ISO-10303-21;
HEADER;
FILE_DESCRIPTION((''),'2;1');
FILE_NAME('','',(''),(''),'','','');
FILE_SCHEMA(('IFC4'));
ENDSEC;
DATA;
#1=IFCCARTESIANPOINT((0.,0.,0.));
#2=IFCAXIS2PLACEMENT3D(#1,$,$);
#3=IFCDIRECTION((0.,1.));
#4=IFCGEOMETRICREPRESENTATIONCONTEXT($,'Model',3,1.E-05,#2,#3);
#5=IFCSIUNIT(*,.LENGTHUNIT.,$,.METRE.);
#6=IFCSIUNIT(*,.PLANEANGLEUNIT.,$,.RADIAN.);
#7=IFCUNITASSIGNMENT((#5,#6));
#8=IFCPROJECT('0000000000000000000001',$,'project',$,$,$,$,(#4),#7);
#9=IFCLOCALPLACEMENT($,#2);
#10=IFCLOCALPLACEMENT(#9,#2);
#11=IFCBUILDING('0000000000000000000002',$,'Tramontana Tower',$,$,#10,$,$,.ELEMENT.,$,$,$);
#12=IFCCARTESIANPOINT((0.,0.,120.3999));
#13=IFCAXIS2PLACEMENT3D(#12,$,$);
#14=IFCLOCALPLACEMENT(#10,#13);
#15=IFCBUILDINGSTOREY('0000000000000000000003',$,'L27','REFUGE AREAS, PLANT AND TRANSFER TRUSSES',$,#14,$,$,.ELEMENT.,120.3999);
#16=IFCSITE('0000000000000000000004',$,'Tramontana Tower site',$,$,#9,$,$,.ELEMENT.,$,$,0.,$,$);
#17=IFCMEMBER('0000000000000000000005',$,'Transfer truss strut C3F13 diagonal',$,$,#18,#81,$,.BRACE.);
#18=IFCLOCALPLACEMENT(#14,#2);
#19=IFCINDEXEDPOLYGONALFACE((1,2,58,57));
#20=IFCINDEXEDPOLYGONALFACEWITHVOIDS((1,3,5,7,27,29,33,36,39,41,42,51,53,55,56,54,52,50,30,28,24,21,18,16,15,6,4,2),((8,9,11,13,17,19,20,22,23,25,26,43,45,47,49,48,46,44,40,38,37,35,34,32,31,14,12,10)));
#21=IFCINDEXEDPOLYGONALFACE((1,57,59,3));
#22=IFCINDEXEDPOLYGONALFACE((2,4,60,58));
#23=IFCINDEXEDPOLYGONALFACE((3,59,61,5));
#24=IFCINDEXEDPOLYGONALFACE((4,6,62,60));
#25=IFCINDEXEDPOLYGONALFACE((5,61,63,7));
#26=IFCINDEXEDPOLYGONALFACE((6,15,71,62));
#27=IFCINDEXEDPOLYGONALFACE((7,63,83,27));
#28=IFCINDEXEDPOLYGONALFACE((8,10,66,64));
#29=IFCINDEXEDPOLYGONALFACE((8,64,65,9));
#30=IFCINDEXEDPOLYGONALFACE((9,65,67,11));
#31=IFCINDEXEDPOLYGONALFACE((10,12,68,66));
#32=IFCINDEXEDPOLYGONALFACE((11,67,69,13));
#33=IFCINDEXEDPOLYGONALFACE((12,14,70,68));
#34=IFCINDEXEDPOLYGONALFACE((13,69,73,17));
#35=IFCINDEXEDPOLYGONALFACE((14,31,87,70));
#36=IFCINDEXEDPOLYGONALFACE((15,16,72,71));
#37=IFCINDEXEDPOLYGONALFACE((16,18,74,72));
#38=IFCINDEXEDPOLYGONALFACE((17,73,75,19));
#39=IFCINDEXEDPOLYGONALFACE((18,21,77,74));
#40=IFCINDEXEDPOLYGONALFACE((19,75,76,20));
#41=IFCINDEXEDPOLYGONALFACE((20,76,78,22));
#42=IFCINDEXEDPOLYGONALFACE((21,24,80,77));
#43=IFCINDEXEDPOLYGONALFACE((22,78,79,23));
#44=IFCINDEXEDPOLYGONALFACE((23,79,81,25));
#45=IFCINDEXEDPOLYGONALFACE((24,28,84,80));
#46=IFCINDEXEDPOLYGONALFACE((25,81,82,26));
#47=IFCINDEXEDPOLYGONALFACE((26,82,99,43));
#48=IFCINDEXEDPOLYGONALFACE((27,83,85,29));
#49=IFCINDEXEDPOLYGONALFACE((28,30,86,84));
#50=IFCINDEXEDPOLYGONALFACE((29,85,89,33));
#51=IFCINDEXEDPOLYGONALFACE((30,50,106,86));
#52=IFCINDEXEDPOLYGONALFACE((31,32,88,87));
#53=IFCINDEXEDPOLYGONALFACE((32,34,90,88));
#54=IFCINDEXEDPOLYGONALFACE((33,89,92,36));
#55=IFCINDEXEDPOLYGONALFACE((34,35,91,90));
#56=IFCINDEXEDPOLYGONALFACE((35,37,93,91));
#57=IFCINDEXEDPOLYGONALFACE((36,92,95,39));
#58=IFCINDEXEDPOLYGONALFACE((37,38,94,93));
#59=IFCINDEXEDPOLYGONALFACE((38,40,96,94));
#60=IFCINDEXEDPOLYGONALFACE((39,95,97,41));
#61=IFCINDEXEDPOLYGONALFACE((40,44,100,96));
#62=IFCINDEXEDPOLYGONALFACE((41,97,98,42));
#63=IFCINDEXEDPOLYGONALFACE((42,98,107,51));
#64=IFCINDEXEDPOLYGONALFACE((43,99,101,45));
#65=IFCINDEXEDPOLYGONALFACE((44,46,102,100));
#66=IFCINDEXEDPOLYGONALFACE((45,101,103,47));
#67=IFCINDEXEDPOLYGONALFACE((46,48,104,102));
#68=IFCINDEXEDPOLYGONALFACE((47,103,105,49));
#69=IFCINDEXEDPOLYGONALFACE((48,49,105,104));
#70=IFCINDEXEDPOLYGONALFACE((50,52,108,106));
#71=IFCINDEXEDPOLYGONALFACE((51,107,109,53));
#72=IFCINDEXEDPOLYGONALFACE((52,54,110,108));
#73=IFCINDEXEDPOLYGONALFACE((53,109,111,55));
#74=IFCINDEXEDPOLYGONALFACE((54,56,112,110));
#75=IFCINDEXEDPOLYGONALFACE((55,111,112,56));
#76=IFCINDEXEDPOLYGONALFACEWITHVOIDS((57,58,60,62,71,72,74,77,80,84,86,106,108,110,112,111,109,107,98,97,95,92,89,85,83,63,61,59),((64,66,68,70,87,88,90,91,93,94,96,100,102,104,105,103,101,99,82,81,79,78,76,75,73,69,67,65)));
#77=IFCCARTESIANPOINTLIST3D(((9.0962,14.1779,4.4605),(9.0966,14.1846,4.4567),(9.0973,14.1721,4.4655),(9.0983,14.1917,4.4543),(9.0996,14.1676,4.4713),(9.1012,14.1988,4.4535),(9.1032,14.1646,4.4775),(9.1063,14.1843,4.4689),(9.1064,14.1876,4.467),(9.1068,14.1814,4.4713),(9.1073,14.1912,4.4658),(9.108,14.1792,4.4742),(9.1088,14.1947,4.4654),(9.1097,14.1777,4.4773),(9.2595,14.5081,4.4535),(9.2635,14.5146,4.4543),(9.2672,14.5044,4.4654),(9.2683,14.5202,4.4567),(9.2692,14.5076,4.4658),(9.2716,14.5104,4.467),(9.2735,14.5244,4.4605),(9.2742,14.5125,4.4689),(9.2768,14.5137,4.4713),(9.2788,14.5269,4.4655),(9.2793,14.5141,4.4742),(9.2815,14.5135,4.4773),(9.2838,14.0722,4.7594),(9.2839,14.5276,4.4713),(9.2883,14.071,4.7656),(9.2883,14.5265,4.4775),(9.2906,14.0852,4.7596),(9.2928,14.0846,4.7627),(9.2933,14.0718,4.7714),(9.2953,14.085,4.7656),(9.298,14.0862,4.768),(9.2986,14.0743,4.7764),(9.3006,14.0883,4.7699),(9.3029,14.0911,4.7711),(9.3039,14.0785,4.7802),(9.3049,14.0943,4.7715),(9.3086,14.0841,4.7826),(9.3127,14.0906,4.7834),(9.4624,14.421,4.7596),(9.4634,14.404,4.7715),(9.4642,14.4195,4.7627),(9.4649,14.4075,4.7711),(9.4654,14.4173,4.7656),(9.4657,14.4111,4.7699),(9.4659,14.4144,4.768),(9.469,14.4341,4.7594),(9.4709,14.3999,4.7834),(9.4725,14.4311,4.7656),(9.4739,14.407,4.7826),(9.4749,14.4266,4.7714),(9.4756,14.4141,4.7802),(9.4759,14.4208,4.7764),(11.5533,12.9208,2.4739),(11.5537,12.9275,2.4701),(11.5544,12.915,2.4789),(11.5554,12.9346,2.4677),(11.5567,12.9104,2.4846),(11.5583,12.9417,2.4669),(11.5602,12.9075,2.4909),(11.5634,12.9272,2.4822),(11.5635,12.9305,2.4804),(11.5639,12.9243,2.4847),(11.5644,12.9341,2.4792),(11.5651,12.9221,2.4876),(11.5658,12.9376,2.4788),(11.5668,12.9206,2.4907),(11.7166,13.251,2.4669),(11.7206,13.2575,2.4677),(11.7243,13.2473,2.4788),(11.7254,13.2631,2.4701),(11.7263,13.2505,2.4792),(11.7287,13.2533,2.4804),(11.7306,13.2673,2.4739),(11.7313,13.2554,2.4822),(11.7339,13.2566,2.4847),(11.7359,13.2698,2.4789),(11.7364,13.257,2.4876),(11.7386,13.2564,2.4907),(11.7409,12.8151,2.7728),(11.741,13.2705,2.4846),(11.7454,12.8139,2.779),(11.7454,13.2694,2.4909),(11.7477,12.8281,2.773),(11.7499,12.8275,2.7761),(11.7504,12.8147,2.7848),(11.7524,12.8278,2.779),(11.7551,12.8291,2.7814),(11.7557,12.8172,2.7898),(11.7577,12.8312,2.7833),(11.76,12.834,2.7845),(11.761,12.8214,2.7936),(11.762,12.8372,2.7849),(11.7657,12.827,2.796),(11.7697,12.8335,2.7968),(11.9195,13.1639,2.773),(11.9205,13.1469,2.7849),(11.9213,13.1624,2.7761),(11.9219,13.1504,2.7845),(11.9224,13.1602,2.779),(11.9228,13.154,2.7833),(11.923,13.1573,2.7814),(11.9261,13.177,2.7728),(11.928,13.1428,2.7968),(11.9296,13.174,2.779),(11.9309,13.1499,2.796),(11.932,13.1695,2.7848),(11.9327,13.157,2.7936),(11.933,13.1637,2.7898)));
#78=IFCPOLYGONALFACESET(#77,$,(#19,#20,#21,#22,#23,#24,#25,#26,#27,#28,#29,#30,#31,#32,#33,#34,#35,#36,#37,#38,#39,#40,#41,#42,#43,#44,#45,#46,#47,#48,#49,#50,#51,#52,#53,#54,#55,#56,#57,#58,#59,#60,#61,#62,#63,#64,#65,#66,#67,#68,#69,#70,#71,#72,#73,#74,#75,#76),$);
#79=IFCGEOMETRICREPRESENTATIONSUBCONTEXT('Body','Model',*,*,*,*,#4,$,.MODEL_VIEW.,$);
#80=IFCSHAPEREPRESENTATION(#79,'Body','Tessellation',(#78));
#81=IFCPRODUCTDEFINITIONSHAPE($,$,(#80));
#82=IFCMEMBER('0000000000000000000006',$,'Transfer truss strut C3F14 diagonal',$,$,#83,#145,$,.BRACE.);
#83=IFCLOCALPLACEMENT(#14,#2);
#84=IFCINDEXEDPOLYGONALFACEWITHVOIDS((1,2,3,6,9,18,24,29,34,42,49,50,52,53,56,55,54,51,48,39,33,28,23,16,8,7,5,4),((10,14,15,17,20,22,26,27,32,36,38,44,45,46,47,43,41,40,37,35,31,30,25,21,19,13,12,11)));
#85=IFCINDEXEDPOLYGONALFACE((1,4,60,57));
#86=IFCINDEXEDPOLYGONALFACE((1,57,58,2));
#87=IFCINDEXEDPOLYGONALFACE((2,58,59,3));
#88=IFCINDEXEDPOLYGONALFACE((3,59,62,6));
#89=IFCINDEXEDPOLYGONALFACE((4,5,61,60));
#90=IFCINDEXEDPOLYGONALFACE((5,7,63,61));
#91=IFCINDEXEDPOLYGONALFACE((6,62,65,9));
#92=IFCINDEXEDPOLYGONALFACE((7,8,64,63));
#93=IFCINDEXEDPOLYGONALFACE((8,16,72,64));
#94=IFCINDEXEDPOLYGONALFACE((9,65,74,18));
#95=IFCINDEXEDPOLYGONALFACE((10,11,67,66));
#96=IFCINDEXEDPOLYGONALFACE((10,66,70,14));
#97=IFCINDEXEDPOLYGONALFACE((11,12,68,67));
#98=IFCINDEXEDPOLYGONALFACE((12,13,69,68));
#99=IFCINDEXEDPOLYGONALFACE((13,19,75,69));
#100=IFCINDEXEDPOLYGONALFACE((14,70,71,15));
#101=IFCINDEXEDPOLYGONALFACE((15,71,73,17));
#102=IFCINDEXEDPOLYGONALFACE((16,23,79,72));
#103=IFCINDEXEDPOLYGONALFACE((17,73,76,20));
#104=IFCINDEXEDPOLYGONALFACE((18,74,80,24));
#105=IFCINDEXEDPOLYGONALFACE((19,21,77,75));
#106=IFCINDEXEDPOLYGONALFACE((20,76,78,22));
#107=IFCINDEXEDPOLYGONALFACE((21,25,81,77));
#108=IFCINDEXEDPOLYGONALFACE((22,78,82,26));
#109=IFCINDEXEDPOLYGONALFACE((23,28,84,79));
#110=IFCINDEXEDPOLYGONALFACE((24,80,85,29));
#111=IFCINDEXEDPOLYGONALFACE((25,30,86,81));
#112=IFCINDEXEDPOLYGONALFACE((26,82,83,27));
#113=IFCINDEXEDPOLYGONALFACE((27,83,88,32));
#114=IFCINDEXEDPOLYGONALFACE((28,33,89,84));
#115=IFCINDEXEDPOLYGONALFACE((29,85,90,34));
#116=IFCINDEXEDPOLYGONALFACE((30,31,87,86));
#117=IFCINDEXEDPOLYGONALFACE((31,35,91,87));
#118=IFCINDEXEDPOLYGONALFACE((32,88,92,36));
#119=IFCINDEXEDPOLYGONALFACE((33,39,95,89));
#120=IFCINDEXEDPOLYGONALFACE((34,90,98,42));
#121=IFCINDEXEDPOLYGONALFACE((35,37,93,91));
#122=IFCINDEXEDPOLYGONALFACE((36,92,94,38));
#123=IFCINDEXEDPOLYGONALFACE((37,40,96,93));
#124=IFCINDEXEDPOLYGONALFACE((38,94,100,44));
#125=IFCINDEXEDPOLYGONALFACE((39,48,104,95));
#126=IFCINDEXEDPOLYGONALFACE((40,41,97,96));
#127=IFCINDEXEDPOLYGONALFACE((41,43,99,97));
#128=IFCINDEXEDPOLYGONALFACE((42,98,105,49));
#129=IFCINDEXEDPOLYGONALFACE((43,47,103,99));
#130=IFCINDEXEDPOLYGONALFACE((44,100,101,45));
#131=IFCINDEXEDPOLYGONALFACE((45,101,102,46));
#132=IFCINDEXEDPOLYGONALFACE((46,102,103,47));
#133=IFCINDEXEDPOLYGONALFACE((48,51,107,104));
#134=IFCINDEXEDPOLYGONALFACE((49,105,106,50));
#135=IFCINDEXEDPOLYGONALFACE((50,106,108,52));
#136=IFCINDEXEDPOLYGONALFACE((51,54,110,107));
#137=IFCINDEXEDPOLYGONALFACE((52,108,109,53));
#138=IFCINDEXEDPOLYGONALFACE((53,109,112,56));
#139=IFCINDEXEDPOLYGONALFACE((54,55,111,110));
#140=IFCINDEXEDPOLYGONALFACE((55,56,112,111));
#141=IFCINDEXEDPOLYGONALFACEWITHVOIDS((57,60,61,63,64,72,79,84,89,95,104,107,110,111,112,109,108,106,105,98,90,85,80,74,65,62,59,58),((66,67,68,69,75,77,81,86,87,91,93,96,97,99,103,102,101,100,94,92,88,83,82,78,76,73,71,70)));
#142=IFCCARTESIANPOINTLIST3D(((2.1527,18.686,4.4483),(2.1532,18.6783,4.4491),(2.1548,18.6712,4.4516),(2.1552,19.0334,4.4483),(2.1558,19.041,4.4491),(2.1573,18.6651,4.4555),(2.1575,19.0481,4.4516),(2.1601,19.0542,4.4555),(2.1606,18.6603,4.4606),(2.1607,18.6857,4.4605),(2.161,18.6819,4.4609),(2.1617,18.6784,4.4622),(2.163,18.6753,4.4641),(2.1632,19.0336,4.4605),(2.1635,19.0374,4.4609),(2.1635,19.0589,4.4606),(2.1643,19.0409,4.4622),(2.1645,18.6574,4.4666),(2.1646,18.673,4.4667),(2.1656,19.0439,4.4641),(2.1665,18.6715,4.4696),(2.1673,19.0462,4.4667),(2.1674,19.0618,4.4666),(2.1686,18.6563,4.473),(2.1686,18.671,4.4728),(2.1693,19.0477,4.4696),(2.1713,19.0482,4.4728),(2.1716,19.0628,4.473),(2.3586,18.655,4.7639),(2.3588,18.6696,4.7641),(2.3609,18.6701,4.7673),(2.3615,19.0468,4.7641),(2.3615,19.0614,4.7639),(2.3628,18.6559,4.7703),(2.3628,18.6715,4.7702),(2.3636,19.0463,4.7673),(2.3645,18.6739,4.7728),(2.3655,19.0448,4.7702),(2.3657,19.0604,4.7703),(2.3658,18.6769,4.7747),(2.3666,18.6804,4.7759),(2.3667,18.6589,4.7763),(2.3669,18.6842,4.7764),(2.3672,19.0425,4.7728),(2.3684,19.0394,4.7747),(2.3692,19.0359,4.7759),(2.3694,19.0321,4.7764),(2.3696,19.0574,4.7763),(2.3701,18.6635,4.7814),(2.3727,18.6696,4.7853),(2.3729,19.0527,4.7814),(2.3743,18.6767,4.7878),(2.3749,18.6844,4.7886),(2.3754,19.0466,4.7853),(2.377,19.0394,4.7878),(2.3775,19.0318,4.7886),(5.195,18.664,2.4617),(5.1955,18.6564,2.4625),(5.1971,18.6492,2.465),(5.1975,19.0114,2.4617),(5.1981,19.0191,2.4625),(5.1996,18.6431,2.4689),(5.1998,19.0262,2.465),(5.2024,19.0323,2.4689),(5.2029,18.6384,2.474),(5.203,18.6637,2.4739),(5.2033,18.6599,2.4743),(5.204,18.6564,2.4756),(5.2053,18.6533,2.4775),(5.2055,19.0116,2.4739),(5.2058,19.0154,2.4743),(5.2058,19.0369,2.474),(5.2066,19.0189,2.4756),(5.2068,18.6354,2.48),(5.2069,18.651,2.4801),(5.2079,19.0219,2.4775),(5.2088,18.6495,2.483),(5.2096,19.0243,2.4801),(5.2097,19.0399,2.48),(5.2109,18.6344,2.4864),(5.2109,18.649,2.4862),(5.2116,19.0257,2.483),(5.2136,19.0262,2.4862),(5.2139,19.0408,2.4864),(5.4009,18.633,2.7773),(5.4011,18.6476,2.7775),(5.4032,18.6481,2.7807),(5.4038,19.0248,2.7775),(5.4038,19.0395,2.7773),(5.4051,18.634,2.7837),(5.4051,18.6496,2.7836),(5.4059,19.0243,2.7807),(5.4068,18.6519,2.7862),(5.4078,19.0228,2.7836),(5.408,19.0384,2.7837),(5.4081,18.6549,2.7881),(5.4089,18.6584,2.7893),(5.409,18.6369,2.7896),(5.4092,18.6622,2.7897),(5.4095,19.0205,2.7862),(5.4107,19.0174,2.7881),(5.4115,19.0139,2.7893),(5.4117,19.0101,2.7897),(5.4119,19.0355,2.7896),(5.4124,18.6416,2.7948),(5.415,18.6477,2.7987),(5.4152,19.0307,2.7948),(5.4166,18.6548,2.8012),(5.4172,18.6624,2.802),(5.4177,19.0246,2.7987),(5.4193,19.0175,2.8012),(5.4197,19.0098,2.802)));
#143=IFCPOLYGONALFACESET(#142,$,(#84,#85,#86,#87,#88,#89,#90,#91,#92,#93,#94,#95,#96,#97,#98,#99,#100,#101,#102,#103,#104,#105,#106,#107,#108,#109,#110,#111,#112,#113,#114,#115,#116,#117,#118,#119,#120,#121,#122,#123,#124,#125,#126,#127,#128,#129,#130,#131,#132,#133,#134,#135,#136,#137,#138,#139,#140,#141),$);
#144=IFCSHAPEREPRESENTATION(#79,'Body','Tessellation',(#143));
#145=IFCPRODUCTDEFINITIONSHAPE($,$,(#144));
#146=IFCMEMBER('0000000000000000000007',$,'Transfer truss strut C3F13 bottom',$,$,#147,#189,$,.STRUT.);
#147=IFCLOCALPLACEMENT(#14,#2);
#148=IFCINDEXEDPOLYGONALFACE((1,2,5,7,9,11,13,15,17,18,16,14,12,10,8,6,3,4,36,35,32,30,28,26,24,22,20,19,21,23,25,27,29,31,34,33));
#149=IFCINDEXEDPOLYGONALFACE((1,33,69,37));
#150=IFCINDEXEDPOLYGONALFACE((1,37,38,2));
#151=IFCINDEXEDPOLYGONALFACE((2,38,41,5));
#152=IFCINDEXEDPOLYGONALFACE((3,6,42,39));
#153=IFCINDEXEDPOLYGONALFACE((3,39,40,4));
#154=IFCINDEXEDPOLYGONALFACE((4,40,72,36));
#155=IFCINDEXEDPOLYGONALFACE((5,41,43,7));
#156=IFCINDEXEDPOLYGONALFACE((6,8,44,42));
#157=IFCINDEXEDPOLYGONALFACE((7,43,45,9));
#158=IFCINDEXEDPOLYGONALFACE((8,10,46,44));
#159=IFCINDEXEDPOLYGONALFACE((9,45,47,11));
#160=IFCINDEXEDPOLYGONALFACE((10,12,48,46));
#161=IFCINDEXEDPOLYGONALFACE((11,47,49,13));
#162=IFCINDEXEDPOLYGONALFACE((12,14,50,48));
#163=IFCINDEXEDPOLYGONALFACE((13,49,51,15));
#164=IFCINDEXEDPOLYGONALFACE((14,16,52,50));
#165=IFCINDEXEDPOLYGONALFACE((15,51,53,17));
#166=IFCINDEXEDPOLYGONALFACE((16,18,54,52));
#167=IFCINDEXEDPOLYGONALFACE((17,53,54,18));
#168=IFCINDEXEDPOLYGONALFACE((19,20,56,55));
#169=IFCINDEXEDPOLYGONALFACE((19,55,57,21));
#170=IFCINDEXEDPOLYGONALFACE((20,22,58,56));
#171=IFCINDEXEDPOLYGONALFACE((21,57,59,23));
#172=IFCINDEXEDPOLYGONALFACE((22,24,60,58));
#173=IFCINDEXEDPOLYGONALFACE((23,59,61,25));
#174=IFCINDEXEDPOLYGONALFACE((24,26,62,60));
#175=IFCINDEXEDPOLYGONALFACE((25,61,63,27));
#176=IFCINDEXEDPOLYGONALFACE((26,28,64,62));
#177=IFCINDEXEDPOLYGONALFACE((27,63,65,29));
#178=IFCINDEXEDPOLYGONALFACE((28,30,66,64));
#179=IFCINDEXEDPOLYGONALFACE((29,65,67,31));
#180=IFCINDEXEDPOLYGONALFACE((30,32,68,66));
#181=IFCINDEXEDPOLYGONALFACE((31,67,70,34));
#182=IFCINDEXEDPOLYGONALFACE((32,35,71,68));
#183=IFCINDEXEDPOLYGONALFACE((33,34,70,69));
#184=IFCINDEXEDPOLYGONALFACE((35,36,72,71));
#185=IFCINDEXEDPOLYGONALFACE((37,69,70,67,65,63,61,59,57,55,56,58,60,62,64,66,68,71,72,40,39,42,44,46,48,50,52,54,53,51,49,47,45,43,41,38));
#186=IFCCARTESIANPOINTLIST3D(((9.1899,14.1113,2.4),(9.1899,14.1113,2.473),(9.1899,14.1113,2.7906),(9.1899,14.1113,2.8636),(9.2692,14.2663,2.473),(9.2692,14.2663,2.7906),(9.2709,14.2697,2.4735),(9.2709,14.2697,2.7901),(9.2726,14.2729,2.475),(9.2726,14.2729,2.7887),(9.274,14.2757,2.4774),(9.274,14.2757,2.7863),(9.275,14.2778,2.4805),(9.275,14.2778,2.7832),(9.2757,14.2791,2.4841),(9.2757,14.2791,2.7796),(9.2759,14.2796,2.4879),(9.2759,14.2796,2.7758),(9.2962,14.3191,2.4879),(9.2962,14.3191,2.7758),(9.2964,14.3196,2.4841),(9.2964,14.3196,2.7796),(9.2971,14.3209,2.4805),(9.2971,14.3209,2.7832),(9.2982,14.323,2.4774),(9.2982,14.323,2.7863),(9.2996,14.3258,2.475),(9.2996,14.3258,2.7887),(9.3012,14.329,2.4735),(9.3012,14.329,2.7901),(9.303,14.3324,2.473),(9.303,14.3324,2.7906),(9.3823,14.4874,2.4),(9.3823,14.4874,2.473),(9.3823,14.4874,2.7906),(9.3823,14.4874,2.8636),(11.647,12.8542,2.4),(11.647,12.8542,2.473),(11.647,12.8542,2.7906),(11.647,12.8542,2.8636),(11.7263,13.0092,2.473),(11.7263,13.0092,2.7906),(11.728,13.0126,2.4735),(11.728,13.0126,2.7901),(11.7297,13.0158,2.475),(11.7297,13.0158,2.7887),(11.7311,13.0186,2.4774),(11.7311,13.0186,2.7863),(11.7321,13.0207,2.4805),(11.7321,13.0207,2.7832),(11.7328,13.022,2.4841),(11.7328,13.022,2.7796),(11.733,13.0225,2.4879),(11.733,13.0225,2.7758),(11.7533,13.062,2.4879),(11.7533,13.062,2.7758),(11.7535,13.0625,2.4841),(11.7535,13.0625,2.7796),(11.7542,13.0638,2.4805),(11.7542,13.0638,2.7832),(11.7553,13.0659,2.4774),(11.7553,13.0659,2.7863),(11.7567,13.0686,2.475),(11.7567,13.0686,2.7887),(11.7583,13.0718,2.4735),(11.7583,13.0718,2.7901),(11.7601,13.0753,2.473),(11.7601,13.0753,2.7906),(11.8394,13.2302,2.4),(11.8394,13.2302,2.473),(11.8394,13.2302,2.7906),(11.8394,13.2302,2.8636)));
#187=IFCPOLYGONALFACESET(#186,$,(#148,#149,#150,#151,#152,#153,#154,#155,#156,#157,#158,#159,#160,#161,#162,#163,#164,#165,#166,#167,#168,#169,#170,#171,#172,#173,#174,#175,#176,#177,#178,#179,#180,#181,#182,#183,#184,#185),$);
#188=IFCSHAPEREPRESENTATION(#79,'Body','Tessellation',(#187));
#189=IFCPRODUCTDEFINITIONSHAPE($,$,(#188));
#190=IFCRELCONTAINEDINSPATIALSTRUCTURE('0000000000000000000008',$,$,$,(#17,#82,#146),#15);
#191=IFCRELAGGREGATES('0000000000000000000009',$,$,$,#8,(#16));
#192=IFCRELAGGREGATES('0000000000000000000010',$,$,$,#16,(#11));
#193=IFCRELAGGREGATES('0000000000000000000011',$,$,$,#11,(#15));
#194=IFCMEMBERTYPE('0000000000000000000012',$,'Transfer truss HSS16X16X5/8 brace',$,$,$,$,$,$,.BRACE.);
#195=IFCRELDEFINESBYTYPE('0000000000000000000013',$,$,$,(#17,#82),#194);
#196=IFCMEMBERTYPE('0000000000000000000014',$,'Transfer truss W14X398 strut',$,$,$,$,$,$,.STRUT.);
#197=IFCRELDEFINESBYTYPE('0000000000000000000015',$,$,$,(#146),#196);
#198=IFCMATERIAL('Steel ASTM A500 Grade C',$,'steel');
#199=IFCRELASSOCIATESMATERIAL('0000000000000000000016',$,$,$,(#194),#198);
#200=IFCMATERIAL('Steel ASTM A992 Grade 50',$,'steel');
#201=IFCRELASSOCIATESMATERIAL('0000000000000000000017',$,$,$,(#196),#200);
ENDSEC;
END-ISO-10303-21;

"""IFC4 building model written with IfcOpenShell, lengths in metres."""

from ifc_helpers import new_model, si_unit, direction, frame, origin, origin_2d, place, context, subcontext, project, spatial, hollow_rectangle, i_section, extrude, material, material_profile, profile_set, type_object, element, save


model = new_model("IFC4")

# Units and contexts
model_context = context("Model", 3, precision=1e-05, world=origin(), true_north=direction((0.0, 1.0)))
body_context = subcontext(model_context, "Body", "Model", "MODEL_VIEW")
ifc_project = project(units=[si_unit("LENGTHUNIT", "METRE"), si_unit("PLANEANGLEUNIT", "RADIAN")], contexts=[model_context])

# Site, building, storey
site_placement = place(None, origin())
site = spatial("IfcSite", under=ifc_project, at=site_placement, Name="Tramontana Tower site", CompositionType="ELEMENT", RefElevation=0.0)
building_placement = place(site_placement, origin())
building = spatial("IfcBuilding", under=site, at=building_placement, Name="Tramontana Tower", CompositionType="ELEMENT")
storey_placement = place(building_placement, frame((0.0, 0.0, 120.3999)))
storey = spatial("IfcBuildingStorey", under=building, at=storey_placement, Name="L27", Description="REFUGE AREAS, PLANT AND TRANSFER TRUSSES", CompositionType="ELEMENT", Elevation=120.3999)

# Members
ifc_material_1 = material(Name="Steel ASTM A500 Grade C", Category="steel")
ifc_material_profile_1 = material_profile(ifc_material_1, hollow_rectangle(XDim=0.4065, YDim=0.4065, WallThickness=0.0146, InnerFilletRadius=0.0146, OuterFilletRadius=0.0295, at=origin_2d()), Name="HSS16X16X5/8")
ifc_profile_set_1 = profile_set([ifc_material_profile_1], Name="Steel ASTM A500 Grade C")
member_type_1 = type_object("IfcMemberType", Name="Transfer truss HSS16X16X5/8 brace", PredefinedType="BRACE", material=ifc_profile_set_1)
member_1_placement = place(storey_placement, frame((11.7432, 13.0422, 2.6318), z_axis=(-0.72254, 0.36967, 0.584192), x_axis=(-0.455474, -0.890249, 0.0)))
element("IfcMember", 1, at=member_1_placement, inside=storey, type_object=member_type_1, Name="Transfer truss strut C3F13 diagonal", PredefinedType="BRACE", context=body_context, shape_type="SweptSolid", body=[
    extrude(hollow_rectangle(XDim=0.4065, YDim=0.4065, WallThickness=0.0146, InnerFilletRadius=0.0146, OuterFilletRadius=0.0295, at=origin_2d()), origin(), (0.0, 0.0, 1.0), 3.4006),
])
member_2_placement = place(storey_placement, frame((5.3074, 18.8369, 2.6318), z_axis=(-0.83728, 0.006047, 0.546741), x_axis=(-0.007222, -0.999974, 0.0)))
element("IfcMember", 2, at=member_2_placement, inside=storey, type_object=member_type_1, Name="Transfer truss strut C3F14 diagonal", PredefinedType="BRACE", context=body_context, shape_type="SweptSolid", body=[
    extrude(hollow_rectangle(XDim=0.4065, YDim=0.4065, WallThickness=0.0146, InnerFilletRadius=0.0146, OuterFilletRadius=0.0295, at=origin_2d()), origin(), (0.0, 0.0, 1.0), 3.6335),
])
ifc_material_2 = material(Name="Steel ASTM A992 Grade 50", Category="steel")
ifc_material_profile_2 = material_profile(ifc_material_2, i_section(OverallWidth=0.4224, OverallDepth=0.4636, WebThickness=0.0444, FlangeThickness=0.073, FilletRadius=0.0149, at=origin_2d()), Name="W14X398")
ifc_profile_set_2 = profile_set([ifc_material_profile_2], Name="Steel ASTM A992 Grade 50")
member_type_2 = type_object("IfcMemberType", Name="Transfer truss W14X398 strut", PredefinedType="STRUT", material=ifc_profile_set_2)
member_3_placement = place(storey_placement, frame((11.7432, 13.0422, 2.6318), z_axis=(-0.890249, 0.455474, 0.0), x_axis=(-0.455474, -0.890249, 0.0)))
element("IfcMember", 3, at=member_3_placement, inside=storey, type_object=member_type_2, Name="Transfer truss strut C3F13 bottom", PredefinedType="STRUT", context=body_context, shape_type="SweptSolid", body=[
    extrude(i_section(OverallWidth=0.4224, OverallDepth=0.4636, WebThickness=0.0444, FlangeThickness=0.073, FilletRadius=0.0149, at=origin_2d()), origin(), (0.0, 0.0, 1.0), 2.76),
])

save(model, "model.ifc")
